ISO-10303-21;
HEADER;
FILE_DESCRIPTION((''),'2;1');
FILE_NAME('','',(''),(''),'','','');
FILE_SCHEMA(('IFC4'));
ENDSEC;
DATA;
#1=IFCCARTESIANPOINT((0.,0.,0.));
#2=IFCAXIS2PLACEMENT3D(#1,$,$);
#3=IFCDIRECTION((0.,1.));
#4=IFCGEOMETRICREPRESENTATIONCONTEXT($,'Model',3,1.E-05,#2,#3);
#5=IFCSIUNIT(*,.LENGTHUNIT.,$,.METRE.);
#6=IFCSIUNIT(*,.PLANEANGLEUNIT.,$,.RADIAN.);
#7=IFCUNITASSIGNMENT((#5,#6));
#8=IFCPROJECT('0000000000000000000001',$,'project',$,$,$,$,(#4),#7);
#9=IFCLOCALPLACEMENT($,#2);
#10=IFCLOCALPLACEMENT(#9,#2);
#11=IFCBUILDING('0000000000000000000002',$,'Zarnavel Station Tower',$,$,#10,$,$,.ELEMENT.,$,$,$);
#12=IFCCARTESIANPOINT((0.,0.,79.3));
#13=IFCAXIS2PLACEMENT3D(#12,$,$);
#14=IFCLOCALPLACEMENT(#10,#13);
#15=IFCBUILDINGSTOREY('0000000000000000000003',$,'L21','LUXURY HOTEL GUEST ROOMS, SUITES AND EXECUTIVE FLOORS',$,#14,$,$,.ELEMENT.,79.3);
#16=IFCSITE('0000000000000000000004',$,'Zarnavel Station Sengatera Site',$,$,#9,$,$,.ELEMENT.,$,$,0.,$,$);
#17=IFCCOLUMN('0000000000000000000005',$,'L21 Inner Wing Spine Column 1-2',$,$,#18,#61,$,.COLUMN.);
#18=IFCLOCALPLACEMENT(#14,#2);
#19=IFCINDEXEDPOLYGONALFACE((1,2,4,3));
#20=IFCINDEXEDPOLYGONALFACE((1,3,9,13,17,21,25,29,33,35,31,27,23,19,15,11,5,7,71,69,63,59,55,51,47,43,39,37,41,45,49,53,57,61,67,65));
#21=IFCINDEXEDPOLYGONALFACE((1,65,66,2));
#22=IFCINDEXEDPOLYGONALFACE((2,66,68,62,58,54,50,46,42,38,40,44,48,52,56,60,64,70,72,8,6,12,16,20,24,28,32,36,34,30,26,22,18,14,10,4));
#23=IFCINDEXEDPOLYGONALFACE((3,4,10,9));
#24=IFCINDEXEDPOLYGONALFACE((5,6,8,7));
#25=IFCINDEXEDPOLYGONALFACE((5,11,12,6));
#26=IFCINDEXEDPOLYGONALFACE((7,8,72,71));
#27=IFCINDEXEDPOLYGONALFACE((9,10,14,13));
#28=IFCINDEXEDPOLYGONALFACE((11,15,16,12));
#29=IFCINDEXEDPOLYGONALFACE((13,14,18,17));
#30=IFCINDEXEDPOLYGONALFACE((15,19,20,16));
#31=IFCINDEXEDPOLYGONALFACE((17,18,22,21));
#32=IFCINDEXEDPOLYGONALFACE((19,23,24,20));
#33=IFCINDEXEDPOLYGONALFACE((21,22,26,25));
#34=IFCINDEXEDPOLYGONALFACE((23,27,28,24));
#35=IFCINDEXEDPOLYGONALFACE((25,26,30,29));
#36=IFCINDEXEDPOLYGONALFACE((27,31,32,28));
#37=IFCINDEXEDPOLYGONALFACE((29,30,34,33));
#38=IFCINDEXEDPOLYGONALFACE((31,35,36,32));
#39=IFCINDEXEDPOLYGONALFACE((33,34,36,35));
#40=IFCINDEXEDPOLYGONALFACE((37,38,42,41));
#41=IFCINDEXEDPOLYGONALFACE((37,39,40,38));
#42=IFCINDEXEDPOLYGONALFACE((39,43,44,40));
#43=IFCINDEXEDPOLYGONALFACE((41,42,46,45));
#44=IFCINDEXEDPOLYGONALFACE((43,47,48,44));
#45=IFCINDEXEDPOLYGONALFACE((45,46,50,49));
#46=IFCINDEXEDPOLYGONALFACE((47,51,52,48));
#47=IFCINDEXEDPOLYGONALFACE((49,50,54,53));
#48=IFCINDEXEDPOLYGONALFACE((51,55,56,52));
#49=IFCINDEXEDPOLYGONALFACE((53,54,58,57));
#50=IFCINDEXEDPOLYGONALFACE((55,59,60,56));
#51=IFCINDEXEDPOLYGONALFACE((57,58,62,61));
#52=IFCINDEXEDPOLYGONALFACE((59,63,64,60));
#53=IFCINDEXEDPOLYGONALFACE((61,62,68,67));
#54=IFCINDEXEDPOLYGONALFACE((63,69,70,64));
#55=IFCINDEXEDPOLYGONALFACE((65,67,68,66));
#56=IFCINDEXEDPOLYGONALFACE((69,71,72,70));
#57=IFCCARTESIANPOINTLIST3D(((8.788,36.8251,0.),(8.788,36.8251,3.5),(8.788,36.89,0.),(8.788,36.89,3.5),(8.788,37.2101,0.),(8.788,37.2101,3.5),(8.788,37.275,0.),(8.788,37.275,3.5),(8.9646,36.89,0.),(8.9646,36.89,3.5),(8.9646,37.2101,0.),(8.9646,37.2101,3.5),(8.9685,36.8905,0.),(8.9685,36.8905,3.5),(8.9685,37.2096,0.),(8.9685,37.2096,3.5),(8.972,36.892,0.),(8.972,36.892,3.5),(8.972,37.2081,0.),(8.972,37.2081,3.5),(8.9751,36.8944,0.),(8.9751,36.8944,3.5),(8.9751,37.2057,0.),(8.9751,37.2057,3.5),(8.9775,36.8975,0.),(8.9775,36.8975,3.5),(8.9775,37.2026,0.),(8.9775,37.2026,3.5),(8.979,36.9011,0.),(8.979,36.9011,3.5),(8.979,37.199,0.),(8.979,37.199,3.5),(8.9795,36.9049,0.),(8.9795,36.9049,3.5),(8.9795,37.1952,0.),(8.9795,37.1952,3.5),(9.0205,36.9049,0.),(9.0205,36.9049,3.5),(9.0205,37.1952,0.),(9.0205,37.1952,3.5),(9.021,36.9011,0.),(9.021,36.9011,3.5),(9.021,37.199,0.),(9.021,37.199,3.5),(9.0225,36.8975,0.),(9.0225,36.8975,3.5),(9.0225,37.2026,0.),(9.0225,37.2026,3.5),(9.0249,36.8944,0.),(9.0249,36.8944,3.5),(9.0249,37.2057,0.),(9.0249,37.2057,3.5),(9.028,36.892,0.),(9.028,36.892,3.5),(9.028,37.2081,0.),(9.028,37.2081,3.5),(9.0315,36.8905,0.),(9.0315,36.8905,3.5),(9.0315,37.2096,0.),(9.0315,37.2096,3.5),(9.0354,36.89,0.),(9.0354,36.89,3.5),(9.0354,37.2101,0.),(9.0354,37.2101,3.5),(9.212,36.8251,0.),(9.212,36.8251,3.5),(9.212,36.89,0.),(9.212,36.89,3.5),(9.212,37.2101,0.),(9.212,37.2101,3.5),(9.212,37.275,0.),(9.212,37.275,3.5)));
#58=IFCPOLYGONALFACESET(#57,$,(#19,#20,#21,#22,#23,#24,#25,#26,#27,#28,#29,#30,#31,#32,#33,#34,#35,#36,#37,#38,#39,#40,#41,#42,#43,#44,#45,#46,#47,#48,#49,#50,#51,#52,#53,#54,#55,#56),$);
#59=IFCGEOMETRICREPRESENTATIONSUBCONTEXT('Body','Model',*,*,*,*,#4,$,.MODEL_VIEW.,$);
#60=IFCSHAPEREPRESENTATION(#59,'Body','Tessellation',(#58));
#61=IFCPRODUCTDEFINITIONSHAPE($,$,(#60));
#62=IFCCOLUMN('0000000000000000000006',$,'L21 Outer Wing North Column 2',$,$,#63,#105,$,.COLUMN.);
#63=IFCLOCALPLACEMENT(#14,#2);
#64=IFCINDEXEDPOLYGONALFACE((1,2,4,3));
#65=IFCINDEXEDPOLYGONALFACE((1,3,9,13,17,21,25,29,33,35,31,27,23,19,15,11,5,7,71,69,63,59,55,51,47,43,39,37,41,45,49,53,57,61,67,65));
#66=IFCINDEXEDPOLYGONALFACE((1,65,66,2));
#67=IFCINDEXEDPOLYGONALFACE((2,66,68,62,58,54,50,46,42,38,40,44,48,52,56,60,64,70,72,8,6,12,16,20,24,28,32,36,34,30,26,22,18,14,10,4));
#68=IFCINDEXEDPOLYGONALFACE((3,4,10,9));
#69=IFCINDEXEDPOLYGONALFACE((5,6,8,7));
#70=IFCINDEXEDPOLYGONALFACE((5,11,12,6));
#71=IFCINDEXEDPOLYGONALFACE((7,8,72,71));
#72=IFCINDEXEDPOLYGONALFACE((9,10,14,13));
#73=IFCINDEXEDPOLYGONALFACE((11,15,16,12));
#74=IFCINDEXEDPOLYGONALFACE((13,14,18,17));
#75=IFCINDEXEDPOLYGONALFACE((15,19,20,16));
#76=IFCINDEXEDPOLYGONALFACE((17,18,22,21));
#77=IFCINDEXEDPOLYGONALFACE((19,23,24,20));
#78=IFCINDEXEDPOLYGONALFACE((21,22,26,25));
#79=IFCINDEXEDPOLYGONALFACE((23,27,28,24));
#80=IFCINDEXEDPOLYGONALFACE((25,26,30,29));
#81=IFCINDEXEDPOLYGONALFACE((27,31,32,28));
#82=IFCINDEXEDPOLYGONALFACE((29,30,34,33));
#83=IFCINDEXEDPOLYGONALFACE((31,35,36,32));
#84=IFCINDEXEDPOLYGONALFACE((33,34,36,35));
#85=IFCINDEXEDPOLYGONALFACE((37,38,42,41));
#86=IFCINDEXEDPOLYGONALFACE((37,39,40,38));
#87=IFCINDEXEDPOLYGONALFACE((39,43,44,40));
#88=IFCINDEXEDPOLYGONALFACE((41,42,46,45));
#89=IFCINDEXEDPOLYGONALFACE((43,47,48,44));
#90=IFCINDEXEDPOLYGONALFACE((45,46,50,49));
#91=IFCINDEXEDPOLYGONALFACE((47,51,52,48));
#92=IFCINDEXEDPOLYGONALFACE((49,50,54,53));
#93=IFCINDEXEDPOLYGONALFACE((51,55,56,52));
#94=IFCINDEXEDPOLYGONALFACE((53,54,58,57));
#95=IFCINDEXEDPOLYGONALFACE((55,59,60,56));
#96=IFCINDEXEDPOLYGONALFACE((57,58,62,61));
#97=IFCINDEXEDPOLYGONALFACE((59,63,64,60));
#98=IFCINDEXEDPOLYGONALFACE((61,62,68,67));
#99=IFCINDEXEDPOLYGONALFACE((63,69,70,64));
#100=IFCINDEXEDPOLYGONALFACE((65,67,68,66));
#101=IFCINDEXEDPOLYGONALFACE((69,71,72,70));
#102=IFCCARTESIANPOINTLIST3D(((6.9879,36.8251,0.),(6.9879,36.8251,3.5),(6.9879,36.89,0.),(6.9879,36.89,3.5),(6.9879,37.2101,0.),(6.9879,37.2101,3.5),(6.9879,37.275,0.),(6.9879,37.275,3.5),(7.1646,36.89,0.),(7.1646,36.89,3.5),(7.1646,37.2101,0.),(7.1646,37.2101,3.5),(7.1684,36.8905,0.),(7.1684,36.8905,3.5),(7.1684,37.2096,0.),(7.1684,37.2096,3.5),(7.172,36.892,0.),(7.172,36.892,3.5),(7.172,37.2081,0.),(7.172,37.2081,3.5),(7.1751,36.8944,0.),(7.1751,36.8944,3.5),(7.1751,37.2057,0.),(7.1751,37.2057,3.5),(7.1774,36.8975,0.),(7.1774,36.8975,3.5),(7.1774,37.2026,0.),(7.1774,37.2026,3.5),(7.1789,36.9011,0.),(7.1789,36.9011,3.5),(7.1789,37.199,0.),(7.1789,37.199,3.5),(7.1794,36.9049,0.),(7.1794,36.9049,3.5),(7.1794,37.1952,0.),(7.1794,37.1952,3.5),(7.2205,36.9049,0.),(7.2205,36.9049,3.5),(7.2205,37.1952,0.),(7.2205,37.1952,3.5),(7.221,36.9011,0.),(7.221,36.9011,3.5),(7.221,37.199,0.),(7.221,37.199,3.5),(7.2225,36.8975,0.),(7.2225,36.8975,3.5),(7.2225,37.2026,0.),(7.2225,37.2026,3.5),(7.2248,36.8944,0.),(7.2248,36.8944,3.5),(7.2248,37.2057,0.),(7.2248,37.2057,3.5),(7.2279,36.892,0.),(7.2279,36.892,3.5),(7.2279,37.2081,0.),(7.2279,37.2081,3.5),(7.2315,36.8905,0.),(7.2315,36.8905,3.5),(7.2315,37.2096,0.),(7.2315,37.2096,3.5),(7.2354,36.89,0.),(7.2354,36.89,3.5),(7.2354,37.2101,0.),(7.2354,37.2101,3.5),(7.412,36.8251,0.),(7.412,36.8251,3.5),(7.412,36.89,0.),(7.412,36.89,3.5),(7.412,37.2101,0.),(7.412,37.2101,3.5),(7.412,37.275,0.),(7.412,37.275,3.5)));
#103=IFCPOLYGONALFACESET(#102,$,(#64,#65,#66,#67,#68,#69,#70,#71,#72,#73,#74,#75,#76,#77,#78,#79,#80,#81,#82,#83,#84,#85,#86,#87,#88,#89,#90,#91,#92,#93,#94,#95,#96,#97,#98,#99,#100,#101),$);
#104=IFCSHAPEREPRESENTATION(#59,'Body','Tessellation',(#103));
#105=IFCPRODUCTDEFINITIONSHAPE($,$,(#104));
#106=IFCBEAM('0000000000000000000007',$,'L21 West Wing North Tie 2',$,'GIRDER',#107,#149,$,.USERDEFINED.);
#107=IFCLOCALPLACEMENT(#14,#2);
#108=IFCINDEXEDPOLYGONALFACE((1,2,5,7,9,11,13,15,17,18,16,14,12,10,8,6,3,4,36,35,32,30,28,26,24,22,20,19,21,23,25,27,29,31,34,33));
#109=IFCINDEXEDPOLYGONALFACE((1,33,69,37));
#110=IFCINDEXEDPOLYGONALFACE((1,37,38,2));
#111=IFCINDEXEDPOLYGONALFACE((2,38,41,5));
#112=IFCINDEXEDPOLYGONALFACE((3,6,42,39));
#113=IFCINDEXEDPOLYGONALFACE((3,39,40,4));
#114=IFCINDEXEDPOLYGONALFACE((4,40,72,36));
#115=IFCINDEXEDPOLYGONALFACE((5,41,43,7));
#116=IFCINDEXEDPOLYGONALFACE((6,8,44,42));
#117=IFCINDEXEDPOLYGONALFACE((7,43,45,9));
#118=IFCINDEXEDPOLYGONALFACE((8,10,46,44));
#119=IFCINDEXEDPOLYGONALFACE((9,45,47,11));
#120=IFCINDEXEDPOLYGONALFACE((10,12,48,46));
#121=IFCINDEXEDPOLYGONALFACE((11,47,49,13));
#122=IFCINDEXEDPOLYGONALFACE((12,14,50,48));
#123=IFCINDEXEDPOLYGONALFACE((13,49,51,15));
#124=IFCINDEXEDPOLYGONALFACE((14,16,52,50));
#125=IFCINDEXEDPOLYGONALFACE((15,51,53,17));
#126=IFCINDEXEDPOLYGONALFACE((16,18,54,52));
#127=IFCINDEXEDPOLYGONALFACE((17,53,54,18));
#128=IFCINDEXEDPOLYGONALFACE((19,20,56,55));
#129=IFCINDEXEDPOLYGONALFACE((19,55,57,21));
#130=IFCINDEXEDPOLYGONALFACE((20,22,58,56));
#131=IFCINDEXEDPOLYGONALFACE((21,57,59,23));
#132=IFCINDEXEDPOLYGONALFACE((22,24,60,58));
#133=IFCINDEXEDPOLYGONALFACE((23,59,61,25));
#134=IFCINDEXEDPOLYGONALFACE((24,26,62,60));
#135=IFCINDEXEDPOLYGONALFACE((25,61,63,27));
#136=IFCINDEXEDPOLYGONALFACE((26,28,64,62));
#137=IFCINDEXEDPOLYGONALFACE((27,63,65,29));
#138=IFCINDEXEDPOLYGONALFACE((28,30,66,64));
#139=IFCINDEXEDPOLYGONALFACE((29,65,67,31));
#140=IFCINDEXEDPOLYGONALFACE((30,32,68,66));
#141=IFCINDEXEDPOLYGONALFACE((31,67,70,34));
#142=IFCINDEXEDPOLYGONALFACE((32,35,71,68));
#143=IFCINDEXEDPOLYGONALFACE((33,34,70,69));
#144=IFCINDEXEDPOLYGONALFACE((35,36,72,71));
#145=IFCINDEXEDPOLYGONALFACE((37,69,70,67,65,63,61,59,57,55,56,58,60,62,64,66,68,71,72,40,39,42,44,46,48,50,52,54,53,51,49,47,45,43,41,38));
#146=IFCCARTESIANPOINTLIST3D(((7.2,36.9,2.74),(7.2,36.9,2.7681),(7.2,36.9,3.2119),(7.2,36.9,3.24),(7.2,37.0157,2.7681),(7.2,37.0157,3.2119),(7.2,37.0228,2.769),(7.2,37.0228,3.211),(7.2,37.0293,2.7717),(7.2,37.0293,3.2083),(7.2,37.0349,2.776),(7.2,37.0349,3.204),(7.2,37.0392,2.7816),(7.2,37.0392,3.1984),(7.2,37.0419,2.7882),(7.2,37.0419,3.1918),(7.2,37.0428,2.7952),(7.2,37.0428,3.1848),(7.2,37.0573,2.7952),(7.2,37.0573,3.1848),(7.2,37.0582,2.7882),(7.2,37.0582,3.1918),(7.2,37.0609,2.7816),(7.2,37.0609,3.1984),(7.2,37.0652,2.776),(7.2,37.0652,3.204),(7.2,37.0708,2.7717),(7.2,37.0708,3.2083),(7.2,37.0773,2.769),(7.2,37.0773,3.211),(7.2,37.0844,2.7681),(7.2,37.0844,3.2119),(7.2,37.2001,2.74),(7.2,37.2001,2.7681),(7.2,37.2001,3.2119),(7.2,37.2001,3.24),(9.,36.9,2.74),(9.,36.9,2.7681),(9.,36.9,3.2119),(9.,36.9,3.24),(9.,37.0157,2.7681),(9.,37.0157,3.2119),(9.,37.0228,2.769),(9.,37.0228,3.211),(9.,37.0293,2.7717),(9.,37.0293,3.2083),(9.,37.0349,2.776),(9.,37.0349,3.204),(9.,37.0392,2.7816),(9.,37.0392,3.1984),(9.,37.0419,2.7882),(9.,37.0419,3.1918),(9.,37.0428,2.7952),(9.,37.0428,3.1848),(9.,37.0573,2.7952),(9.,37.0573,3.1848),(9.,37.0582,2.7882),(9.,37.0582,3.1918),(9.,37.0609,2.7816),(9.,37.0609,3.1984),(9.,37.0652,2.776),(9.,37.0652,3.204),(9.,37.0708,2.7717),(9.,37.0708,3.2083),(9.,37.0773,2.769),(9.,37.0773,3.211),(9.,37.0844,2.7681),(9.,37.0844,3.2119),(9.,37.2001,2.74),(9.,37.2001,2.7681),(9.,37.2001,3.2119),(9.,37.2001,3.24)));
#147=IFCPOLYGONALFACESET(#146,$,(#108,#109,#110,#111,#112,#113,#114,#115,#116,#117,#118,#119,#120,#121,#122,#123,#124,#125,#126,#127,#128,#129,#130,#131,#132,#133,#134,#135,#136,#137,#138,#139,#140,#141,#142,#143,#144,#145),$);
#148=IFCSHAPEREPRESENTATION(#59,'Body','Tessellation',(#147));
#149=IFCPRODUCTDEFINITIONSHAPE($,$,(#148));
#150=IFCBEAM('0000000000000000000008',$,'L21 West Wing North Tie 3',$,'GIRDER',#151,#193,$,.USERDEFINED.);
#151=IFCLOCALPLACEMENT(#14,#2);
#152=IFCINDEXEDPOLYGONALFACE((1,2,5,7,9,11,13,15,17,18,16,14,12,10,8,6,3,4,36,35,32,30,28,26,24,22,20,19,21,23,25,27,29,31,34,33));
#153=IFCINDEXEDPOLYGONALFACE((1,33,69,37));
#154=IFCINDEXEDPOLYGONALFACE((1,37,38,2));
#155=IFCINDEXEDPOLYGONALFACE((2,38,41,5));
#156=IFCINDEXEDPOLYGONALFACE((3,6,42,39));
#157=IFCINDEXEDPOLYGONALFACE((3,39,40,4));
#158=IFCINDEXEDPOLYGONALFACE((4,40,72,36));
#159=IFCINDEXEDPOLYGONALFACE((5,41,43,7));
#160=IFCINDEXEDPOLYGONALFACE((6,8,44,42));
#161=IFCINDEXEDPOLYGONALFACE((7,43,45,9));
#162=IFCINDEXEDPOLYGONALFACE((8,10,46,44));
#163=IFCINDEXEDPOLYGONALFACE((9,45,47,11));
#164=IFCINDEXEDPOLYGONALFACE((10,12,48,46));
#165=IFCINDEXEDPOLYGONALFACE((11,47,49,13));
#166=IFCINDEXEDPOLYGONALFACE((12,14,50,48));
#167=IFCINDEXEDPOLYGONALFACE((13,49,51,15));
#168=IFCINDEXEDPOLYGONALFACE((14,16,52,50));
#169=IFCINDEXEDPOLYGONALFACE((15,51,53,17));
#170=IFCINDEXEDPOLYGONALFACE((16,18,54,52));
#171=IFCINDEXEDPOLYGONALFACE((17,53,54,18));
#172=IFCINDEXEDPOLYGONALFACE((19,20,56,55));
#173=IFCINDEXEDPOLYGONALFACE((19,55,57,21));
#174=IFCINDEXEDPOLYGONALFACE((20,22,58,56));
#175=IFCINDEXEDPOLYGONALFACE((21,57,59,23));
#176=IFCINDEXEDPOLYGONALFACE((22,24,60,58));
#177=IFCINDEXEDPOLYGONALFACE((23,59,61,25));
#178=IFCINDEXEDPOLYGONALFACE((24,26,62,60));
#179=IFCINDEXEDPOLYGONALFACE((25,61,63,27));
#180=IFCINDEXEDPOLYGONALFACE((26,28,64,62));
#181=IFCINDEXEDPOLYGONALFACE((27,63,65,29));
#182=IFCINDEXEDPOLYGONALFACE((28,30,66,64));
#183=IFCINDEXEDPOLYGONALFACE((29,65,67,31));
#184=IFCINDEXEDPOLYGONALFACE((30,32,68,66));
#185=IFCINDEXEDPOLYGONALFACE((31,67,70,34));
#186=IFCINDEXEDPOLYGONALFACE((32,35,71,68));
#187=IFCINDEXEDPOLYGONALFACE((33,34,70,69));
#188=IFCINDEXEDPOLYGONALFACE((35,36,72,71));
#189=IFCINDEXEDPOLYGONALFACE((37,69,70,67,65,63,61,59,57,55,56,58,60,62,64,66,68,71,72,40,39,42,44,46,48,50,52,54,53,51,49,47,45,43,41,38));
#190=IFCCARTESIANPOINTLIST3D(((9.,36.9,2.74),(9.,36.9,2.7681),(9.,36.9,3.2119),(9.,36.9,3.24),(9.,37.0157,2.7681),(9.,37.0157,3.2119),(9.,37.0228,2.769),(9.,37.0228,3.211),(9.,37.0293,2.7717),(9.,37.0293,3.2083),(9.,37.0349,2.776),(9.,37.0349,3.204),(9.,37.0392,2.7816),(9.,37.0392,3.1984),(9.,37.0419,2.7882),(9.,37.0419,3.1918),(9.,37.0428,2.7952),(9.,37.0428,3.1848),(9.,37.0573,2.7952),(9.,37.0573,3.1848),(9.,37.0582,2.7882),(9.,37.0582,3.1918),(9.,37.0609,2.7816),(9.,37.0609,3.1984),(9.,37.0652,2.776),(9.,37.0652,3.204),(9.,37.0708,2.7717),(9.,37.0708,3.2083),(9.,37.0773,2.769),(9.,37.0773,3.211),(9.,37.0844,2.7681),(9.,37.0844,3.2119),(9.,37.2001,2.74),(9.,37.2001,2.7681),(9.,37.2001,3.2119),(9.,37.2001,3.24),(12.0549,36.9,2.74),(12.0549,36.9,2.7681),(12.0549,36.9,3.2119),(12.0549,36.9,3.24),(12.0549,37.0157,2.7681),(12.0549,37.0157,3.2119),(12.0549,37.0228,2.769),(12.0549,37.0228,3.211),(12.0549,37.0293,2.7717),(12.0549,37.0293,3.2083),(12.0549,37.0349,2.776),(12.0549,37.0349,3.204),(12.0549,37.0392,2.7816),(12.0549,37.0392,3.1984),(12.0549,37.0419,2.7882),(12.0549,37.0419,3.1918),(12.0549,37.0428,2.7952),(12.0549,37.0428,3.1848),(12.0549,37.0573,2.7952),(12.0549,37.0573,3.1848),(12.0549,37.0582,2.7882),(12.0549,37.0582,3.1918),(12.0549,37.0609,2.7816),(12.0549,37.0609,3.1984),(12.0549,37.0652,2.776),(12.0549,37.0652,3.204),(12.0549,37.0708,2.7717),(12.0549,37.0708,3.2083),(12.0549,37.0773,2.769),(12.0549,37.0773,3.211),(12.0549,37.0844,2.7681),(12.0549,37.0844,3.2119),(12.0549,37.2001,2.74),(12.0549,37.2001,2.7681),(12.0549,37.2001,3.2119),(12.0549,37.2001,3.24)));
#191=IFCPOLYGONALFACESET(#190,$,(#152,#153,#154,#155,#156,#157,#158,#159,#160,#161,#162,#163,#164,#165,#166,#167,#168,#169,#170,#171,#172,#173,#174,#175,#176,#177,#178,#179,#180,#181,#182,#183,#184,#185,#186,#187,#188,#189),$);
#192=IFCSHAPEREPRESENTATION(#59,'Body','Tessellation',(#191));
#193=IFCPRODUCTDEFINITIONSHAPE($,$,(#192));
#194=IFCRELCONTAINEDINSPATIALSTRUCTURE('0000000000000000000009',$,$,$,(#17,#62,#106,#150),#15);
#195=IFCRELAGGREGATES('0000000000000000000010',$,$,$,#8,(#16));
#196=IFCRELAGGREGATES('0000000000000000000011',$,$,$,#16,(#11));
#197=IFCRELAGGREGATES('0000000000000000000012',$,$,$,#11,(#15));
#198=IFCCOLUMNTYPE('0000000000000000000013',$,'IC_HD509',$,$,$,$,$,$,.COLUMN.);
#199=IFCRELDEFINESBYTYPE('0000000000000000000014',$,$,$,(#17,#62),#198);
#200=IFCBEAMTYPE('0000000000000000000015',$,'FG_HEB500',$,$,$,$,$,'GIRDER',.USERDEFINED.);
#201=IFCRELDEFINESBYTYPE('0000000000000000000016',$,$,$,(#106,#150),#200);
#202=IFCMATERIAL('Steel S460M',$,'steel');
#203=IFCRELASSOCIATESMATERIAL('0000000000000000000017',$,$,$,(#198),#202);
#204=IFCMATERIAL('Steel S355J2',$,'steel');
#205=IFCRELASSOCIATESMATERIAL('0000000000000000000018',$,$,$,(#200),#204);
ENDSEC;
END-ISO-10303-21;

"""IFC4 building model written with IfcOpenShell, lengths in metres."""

from ifc_helpers import new_model, si_unit, direction, frame, origin, origin_2d, place, context, subcontext, project, spatial, i_section, extrude, material, material_profile, profile_set, type_object, element, save


model = new_model("IFC4")

# Units and contexts
model_context = context("Model", 3, precision=1e-05, world=origin(), true_north=direction((0.0, 1.0)))
body_context = subcontext(model_context, "Body", "Model", "MODEL_VIEW")
ifc_project = project(units=[si_unit("LENGTHUNIT", "METRE"), si_unit("PLANEANGLEUNIT", "RADIAN")], contexts=[model_context])

# Site, building, storey
site_placement = place(None, origin())
site = spatial("IfcSite", under=ifc_project, at=site_placement, Name="Zarnavel Station Sengatera Site", CompositionType="ELEMENT", RefElevation=0.0)
building_placement = place(site_placement, origin())
building = spatial("IfcBuilding", under=site, at=building_placement, Name="Zarnavel Station Tower", CompositionType="ELEMENT")
storey_placement = place(building_placement, frame((0.0, 0.0, 79.3)))
storey = spatial("IfcBuildingStorey", under=building, at=storey_placement, Name="L21", Description="LUXURY HOTEL GUEST ROOMS, SUITES AND EXECUTIVE FLOORS", CompositionType="ELEMENT", Elevation=79.3)

# Columns
ifc_material_1 = material(Name="Steel S460M", Category="steel")
ifc_material_profile_1 = material_profile(ifc_material_1, i_section(OverallWidth=0.4241, OverallDepth=0.45, WebThickness=0.041, FlangeThickness=0.0649, FilletRadius=0.0149, at=origin_2d()), Name="HD400x509")
ifc_profile_set_1 = profile_set([ifc_material_profile_1], Name="Steel S460M")
column_type = type_object("IfcColumnType", Name="IC_HD509", PredefinedType="COLUMN", material=ifc_profile_set_1)
for number, where, z_axis, x_axis, name in (
    (1, (9.0, 37.05, 0.0), (0.0, 0.0, 1.0), (1.0, 0.0, 0.0), "L21 Inner Wing Spine Column 1-2"),
    (2, (7.2, 37.05, 0.0), (0.0, 0.0, 1.0), (1.0, 0.0, 0.0), "L21 Outer Wing North Column 2"),
):
    element("IfcColumn", number, at=place(storey_placement, frame(where, z_axis=z_axis, x_axis=x_axis)), inside=storey, type_object=column_type, Name=name, PredefinedType="COLUMN", context=body_context, shape_type="SweptSolid", body=[
        extrude(i_section(OverallWidth=0.4241, OverallDepth=0.45, WebThickness=0.041, FlangeThickness=0.0649, FilletRadius=0.0149, at=origin_2d()), origin(), (0.0, 0.0, 1.0), 3.5),
    ])

# Beams
ifc_material_2 = material(Name="Steel S355J2", Category="steel")
ifc_material_profile_2 = material_profile(ifc_material_2, i_section(OverallWidth=0.3, OverallDepth=0.5, WebThickness=0.0144, FlangeThickness=0.0281, FilletRadius=0.0271, at=origin_2d()), Name="HEB500")
ifc_profile_set_2 = profile_set([ifc_material_profile_2], Name="Steel S355J2")
beam_type = type_object("IfcBeamType", Name="FG_HEB500", ElementType="GIRDER", PredefinedType="USERDEFINED", material=ifc_profile_set_2)
beam_1_placement = place(storey_placement, frame((7.2, 37.05, 2.99), z_axis=(1.0, 0.0, 0.0), x_axis=(0.0, 1.0, 0.0)))
element("IfcBeam", 3, at=beam_1_placement, inside=storey, type_object=beam_type, Name="L21 West Wing North Tie 2", ObjectType="GIRDER", PredefinedType="USERDEFINED", context=body_context, shape_type="SweptSolid", body=[
    extrude(i_section(OverallWidth=0.3, OverallDepth=0.5, WebThickness=0.0144, FlangeThickness=0.0281, FilletRadius=0.0271, at=origin_2d()), origin(), (0.0, 0.0, 1.0), 1.8),
])
beam_2_placement = place(storey_placement, frame((9.0, 37.05, 2.99), z_axis=(1.0, 0.0, 0.0), x_axis=(0.0, 1.0, 0.0)))
element("IfcBeam", 4, at=beam_2_placement, inside=storey, type_object=beam_type, Name="L21 West Wing North Tie 3", ObjectType="GIRDER", PredefinedType="USERDEFINED", context=body_context, shape_type="SweptSolid", body=[
    extrude(i_section(OverallWidth=0.3, OverallDepth=0.5, WebThickness=0.0144, FlangeThickness=0.0281, FilletRadius=0.0271, at=origin_2d()), origin(), (0.0, 0.0, 1.0), 3.0549),
])

save(model, "model.ifc")
